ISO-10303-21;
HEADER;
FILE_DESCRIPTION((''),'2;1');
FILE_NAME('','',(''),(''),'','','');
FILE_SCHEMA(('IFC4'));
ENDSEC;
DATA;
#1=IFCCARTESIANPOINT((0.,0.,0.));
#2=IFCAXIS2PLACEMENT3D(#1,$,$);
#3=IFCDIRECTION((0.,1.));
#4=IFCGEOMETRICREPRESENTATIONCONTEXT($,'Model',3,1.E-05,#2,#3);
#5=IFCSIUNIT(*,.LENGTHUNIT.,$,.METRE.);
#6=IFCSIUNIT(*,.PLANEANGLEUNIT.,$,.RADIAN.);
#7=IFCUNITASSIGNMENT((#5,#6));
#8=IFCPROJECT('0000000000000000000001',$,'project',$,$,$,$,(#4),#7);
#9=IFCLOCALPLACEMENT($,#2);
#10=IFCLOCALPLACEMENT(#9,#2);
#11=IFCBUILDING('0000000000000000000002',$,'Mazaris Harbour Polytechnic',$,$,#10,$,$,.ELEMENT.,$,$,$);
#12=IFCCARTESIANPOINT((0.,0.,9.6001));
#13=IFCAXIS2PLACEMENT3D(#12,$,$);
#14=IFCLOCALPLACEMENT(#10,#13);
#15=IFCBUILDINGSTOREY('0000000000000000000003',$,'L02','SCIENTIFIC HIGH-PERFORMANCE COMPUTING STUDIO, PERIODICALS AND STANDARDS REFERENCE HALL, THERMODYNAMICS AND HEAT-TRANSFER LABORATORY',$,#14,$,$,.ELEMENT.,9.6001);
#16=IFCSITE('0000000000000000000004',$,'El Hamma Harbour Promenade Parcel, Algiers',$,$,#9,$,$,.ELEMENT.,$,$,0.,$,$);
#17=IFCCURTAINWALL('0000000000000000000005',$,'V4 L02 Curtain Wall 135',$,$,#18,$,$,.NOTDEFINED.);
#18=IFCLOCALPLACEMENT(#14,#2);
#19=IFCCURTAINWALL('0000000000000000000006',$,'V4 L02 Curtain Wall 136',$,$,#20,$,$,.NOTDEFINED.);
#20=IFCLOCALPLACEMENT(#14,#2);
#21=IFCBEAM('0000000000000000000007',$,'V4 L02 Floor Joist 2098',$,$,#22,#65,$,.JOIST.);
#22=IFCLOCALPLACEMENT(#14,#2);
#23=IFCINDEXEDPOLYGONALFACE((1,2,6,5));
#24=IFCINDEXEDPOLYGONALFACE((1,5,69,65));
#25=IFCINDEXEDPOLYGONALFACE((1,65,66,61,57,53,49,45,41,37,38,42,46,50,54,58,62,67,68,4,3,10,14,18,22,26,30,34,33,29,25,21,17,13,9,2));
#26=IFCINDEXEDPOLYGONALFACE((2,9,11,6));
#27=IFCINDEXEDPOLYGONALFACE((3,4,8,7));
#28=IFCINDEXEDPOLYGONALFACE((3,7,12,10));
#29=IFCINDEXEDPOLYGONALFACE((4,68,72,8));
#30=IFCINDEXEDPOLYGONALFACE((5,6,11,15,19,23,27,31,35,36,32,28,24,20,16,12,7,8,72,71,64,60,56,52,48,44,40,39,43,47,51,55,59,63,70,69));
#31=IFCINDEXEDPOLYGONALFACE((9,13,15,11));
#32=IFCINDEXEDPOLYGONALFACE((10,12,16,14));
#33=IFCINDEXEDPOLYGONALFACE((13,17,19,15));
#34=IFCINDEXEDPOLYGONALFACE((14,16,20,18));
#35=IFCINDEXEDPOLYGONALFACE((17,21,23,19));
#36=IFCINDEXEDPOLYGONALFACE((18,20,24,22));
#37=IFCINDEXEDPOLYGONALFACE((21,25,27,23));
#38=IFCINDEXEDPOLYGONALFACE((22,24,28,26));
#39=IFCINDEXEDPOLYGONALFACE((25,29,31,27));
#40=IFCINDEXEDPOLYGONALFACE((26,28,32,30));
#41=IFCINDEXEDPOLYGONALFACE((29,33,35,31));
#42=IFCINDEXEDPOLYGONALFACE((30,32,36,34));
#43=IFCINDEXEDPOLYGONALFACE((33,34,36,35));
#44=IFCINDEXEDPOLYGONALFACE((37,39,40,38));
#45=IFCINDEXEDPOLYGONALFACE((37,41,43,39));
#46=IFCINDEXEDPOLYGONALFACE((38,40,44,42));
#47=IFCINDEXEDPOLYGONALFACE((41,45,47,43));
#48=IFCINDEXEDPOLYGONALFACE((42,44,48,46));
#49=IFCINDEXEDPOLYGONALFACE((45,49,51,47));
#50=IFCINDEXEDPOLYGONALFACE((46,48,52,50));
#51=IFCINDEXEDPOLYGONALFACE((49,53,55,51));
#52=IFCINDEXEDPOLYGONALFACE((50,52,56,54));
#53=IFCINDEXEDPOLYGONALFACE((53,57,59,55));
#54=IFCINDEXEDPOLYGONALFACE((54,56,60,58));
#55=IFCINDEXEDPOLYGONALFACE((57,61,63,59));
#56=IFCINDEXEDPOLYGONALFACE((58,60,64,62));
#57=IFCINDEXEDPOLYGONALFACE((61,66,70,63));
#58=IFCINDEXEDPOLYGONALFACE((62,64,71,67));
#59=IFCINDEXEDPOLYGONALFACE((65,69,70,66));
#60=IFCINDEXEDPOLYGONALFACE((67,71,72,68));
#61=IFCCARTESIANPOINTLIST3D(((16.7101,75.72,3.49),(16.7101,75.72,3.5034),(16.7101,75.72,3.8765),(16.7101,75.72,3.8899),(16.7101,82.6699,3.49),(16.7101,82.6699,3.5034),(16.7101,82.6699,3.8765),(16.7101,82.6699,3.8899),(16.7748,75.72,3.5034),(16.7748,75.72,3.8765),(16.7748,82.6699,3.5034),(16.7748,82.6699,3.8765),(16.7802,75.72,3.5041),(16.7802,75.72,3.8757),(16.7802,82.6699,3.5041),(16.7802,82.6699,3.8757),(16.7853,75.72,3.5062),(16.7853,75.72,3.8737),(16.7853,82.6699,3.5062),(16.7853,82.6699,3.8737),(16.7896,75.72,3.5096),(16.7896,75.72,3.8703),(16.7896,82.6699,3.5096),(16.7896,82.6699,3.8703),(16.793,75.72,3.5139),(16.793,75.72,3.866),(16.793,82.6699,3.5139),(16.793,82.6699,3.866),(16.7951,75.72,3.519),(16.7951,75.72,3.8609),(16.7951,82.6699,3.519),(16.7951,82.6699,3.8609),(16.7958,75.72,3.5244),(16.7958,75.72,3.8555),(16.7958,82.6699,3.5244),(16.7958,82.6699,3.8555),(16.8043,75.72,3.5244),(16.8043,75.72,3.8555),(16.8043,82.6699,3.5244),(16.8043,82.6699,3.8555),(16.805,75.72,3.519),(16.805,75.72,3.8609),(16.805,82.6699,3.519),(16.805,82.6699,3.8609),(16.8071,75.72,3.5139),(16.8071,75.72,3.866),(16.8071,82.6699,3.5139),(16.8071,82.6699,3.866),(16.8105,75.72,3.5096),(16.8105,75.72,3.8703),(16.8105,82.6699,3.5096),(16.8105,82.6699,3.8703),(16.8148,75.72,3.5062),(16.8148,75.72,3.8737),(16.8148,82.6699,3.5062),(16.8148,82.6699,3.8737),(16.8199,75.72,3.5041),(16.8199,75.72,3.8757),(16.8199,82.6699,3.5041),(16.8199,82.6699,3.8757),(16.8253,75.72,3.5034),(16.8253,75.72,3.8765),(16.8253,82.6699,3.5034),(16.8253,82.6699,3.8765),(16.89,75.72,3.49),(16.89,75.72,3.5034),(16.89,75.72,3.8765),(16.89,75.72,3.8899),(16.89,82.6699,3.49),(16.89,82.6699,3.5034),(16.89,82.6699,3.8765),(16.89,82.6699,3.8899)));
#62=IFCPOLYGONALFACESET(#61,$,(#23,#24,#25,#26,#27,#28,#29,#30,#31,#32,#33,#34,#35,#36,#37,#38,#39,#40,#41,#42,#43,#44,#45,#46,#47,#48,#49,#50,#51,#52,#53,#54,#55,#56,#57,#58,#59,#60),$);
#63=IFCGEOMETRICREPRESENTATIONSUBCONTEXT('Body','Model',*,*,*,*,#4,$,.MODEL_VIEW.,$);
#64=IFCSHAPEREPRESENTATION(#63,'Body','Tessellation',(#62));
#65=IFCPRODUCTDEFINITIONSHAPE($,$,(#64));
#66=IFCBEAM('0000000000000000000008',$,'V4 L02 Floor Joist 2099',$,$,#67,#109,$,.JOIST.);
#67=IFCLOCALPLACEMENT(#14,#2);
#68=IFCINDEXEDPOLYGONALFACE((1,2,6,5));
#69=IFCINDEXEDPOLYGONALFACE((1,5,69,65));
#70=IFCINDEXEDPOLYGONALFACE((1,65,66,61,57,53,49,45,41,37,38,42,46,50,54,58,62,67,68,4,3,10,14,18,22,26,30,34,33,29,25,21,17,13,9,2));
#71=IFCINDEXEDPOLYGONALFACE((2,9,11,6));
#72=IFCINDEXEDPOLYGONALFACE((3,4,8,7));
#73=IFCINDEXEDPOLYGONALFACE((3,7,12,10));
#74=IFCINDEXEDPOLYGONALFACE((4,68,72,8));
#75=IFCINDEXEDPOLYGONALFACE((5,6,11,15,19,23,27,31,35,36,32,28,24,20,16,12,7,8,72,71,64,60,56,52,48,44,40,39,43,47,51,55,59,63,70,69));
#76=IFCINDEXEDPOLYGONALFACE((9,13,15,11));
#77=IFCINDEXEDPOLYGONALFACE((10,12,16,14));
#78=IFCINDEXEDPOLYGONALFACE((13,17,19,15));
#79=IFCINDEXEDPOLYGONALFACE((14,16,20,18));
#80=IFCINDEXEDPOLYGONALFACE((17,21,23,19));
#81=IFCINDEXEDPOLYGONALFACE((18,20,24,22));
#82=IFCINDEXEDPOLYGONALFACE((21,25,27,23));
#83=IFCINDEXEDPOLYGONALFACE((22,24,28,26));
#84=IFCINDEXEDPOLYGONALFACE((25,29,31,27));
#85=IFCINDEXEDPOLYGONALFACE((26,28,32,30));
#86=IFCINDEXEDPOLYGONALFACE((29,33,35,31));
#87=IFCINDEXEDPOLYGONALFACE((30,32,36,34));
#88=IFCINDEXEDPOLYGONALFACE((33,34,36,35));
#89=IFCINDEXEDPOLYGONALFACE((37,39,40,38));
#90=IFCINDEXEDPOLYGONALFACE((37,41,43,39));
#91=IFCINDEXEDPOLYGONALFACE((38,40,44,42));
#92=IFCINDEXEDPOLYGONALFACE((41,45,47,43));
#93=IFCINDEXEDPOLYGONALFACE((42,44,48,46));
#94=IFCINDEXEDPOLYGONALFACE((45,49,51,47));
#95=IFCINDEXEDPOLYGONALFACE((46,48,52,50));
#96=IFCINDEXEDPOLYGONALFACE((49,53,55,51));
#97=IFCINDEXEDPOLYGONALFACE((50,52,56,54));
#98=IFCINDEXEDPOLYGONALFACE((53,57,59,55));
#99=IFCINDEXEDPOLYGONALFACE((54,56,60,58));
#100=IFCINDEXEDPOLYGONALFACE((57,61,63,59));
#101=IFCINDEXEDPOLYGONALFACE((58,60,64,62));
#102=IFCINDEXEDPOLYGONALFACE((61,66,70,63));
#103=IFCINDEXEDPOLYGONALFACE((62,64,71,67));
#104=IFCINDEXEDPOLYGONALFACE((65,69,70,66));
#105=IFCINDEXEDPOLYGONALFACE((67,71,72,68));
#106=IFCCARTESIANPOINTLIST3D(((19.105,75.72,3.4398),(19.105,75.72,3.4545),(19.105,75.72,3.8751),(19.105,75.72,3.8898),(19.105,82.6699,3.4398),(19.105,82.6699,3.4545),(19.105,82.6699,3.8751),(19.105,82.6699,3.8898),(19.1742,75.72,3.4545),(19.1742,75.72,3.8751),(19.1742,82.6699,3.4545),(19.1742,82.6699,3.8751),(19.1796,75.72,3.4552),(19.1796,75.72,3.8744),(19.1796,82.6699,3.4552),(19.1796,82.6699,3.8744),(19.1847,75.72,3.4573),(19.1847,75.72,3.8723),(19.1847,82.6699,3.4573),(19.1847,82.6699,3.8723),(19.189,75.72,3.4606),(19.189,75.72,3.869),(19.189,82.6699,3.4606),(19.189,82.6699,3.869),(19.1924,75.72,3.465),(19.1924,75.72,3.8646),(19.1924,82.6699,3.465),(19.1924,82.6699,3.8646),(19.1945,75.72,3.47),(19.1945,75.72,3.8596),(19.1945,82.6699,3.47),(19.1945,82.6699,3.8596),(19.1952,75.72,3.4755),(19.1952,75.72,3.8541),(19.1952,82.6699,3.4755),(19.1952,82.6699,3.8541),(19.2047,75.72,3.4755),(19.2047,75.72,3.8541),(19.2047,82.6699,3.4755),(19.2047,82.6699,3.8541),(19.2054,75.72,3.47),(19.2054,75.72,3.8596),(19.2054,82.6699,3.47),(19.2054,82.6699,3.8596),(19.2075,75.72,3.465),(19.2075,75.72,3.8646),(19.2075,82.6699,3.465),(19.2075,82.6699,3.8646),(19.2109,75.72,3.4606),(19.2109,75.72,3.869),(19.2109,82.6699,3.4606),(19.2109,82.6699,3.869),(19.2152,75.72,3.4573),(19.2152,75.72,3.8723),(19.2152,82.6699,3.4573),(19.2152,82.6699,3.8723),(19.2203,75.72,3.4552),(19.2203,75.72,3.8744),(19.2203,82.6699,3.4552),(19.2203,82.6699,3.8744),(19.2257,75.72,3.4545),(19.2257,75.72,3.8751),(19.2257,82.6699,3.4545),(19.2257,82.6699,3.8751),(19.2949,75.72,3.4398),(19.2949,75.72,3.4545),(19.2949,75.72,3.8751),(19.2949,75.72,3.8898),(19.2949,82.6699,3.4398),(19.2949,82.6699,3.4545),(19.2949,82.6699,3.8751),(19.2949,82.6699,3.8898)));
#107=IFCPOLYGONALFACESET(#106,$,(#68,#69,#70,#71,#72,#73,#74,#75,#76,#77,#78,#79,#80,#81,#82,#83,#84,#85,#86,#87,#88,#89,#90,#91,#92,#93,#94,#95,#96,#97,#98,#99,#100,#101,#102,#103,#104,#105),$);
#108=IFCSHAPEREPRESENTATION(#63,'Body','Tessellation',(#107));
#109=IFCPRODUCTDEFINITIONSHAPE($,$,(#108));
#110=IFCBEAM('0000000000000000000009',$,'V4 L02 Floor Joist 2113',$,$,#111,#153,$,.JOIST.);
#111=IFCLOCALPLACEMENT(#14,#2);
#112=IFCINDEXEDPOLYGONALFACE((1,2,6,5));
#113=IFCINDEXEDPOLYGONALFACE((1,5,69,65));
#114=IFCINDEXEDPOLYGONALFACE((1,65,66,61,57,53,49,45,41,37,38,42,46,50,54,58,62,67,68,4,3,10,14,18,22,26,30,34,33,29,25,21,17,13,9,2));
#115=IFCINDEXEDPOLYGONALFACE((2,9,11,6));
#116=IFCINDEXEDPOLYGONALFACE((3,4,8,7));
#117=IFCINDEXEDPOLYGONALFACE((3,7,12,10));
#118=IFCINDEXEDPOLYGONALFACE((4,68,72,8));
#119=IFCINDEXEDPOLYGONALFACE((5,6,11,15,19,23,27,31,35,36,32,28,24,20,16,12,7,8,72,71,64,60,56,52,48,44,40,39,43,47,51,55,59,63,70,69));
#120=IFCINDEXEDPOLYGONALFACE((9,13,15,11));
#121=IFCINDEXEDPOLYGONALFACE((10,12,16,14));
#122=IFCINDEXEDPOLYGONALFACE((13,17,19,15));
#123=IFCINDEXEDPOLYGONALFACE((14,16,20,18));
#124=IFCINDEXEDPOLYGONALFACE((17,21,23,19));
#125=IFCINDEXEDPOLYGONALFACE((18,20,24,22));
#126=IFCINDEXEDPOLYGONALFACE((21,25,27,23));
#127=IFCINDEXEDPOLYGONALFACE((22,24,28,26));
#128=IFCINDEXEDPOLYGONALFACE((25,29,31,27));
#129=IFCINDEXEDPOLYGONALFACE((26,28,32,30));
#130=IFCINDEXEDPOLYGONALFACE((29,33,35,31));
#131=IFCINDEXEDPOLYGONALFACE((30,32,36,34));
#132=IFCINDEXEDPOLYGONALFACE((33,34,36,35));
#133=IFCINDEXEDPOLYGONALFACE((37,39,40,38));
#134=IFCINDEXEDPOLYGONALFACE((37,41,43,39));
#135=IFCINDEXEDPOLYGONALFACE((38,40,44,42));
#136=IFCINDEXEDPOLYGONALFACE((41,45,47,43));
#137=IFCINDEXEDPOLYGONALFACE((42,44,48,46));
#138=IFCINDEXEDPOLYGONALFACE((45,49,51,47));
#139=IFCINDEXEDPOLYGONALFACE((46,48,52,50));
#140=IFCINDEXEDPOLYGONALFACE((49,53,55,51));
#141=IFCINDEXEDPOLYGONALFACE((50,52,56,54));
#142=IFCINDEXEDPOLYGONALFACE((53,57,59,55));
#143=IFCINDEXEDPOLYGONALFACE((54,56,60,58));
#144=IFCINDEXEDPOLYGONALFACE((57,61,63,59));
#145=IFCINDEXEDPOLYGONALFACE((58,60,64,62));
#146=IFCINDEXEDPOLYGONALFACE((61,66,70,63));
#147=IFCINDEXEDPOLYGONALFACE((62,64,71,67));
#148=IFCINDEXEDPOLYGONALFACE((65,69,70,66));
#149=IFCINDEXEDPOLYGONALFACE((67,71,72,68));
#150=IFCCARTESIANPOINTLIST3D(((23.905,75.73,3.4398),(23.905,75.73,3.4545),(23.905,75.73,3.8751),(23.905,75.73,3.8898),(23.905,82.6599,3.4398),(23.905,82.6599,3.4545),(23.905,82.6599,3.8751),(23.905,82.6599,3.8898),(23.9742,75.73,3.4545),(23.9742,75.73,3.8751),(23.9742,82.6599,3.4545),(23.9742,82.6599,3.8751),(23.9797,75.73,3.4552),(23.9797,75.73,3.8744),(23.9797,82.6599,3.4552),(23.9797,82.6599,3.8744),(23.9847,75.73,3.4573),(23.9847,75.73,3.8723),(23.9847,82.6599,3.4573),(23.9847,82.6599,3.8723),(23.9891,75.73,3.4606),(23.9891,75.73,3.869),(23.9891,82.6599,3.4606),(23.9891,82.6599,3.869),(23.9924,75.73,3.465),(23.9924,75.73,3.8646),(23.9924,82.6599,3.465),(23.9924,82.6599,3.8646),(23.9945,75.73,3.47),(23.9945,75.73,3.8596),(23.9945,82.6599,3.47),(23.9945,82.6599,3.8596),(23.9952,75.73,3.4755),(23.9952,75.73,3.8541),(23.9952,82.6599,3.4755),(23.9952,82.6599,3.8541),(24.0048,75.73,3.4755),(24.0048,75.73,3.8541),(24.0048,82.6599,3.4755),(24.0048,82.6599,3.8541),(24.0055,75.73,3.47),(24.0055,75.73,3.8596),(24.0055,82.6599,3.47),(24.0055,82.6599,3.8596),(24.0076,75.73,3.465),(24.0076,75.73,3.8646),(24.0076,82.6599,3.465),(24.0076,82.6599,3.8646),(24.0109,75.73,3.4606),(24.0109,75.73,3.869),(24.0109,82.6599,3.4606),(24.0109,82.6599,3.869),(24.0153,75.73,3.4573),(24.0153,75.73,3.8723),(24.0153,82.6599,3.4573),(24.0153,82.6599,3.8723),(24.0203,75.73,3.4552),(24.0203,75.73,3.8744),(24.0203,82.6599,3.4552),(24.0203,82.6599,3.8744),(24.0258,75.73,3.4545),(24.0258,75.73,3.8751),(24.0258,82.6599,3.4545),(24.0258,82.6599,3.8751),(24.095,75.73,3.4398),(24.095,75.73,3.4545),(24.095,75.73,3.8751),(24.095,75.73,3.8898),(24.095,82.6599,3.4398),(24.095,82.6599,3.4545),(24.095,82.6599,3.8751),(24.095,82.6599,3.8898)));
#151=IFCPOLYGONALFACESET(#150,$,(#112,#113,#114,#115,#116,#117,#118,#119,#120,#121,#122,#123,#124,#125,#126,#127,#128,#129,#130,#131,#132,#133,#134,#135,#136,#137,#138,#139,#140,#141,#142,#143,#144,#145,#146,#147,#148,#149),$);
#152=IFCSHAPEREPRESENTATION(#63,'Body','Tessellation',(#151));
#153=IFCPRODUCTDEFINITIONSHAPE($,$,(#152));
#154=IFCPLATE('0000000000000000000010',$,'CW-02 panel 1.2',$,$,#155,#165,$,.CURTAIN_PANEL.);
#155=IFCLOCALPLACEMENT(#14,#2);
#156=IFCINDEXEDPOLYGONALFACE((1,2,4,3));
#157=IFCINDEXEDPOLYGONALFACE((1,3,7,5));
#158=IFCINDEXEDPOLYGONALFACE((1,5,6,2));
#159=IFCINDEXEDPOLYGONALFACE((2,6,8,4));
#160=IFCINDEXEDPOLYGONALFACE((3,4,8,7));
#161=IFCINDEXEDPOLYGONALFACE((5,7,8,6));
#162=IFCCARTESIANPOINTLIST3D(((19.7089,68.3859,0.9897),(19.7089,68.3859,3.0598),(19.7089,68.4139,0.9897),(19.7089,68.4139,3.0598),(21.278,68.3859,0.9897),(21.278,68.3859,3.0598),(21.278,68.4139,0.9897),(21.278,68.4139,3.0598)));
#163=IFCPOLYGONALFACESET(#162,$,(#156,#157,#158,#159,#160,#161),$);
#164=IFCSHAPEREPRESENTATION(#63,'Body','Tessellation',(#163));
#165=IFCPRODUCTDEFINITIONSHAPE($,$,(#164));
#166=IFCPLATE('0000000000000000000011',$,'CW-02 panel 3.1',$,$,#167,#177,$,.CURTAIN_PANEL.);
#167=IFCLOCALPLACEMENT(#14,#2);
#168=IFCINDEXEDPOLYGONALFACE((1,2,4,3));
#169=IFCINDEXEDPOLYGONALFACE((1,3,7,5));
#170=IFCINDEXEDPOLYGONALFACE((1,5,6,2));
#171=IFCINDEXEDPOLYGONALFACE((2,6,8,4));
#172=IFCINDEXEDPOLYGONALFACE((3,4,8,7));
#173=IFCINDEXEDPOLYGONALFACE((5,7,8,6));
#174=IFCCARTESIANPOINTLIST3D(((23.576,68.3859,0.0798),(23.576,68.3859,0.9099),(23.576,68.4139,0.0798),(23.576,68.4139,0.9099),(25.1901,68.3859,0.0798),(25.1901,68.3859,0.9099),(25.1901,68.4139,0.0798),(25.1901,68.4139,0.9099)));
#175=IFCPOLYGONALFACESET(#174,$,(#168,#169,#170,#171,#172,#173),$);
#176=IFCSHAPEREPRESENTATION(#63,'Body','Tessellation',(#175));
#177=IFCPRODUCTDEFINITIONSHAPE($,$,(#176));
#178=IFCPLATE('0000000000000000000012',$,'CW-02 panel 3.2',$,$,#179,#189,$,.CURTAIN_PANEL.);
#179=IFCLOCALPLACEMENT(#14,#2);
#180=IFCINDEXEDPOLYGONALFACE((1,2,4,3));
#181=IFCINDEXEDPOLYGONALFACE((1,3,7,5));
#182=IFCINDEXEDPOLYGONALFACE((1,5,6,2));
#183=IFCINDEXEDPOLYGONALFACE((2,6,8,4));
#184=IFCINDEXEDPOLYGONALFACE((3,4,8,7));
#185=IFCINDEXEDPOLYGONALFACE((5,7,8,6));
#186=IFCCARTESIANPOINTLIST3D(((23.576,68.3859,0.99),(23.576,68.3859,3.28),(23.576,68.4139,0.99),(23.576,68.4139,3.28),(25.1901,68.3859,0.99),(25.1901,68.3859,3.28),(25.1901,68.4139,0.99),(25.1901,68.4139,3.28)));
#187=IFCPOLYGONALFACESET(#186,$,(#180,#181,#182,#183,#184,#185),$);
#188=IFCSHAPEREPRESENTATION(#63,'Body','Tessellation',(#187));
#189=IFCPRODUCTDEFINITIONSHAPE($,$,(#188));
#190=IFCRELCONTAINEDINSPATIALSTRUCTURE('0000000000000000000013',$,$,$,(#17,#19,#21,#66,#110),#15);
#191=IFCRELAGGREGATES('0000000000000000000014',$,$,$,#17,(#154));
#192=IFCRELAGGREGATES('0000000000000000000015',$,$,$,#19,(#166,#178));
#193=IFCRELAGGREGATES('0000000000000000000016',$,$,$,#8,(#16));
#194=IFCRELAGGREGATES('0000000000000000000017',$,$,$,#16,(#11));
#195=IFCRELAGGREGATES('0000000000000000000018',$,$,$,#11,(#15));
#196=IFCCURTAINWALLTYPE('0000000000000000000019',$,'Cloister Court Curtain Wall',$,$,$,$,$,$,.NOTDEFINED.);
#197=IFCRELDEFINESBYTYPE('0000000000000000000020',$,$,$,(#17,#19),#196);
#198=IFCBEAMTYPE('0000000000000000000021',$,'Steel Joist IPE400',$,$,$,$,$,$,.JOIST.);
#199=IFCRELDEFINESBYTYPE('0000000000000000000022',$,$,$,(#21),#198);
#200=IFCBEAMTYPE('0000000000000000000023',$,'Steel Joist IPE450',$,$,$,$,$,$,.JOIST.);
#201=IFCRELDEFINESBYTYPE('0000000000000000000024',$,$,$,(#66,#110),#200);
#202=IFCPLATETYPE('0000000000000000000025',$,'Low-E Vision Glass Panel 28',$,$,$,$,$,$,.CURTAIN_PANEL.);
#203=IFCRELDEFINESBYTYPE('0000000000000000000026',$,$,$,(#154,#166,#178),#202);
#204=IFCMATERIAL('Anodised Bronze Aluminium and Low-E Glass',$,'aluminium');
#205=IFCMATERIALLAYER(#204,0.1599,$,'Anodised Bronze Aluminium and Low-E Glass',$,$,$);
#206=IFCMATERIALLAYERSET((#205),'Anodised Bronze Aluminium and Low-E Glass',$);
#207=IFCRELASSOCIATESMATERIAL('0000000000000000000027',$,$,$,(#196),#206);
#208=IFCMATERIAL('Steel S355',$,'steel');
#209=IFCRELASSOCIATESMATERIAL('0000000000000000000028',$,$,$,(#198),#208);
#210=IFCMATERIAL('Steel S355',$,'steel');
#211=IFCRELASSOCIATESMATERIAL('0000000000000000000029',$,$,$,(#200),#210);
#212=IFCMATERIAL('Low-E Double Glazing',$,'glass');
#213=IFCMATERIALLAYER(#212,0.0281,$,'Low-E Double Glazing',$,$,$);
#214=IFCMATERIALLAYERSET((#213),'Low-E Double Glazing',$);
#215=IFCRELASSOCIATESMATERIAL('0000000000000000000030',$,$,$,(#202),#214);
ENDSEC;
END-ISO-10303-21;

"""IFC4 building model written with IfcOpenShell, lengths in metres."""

from ifc_helpers import new_model, si_unit, direction, frame, origin, origin_2d, place, context, subcontext, project, spatial, rectangle, i_section, extrude, material, layer, layer_set, material_profile, profile_set, type_object, element, aggregate, save


model = new_model("IFC4")

# Units and contexts
model_context = context("Model", 3, precision=1e-05, world=origin(), true_north=direction((0.0, 1.0)))
body_context = subcontext(model_context, "Body", "Model", "MODEL_VIEW")
ifc_project = project(units=[si_unit("LENGTHUNIT", "METRE"), si_unit("PLANEANGLEUNIT", "RADIAN")], contexts=[model_context])

# Site, building, storey
site_placement = place(None, origin())
site = spatial("IfcSite", under=ifc_project, at=site_placement, Name="El Hamma Harbour Promenade Parcel, Algiers", CompositionType="ELEMENT", RefElevation=0.0)
building_placement = place(site_placement, origin())
building = spatial("IfcBuilding", under=site, at=building_placement, Name="Mazaris Harbour Polytechnic", CompositionType="ELEMENT")
storey_placement = place(building_placement, frame((0.0, 0.0, 9.6001)))
storey = spatial("IfcBuildingStorey", under=building, at=storey_placement, Name="L02", Description="SCIENTIFIC HIGH-PERFORMANCE COMPUTING STUDIO, PERIODICALS AND STANDARDS REFERENCE HALL, THERMODYNAMICS AND HEAT-TRANSFER LABORATORY", CompositionType="ELEMENT", Elevation=9.6001)

# Curtain wall
ifc_material_1 = material(Name="Anodised Bronze Aluminium and Low-E Glass", Category="aluminium")
ifc_layer_1 = layer(ifc_material_1, 0.1599, Name="Anodised Bronze Aluminium and Low-E Glass")
ifc_layer_set_1 = layer_set([ifc_layer_1], Name="Anodised Bronze Aluminium and Low-E Glass")
curtain_wall_type = type_object("IfcCurtainWallType", Name="Cloister Court Curtain Wall", PredefinedType="NOTDEFINED", material=ifc_layer_set_1)
curtain_wall_1_placement = place(storey_placement, origin())
curtain_wall_1 = element("IfcCurtainWall", 1, at=curtain_wall_1_placement, inside=storey, type_object=curtain_wall_type, Name="V4 L02 Curtain Wall 135", PredefinedType="NOTDEFINED")

# Curtain wall
curtain_wall_2_placement = place(storey_placement, origin())
curtain_wall_2 = element("IfcCurtainWall", 2, at=curtain_wall_2_placement, inside=storey, type_object=curtain_wall_type, Name="V4 L02 Curtain Wall 136", PredefinedType="NOTDEFINED")

# Beams
ifc_material_2 = material(Name="Steel S355", Category="steel")
ifc_material_profile_1 = material_profile(ifc_material_2, i_section(OverallWidth=0.1799, OverallDepth=0.3999, WebThickness=0.0085, FlangeThickness=0.0134, FilletRadius=0.021, at=origin_2d()), Name="IPE 400")
ifc_profile_set_1 = profile_set([ifc_material_profile_1], Name="Steel S355")
beam_type_1 = type_object("IfcBeamType", Name="Steel Joist IPE400", PredefinedType="JOIST", material=ifc_profile_set_1)
beam_1_placement = place(storey_placement, frame((16.8, 75.72, 3.6899), z_axis=(0.0, 1.0, 0.0), x_axis=(-1.0, 0.0, 0.0)))
element("IfcBeam", 3, at=beam_1_placement, inside=storey, type_object=beam_type_1, Name="V4 L02 Floor Joist 2098", PredefinedType="JOIST", context=body_context, shape_type="SweptSolid", body=[
    extrude(i_section(OverallWidth=0.1799, OverallDepth=0.3999, WebThickness=0.0085, FlangeThickness=0.0134, FilletRadius=0.021, at=origin_2d()), origin(), (0.0, 0.0, 1.0), 6.95),
])
ifc_material_3 = material(Name="Steel S355", Category="steel")
ifc_material_profile_2 = material_profile(ifc_material_3, i_section(OverallWidth=0.1899, OverallDepth=0.45, WebThickness=0.0095, FlangeThickness=0.0146, FilletRadius=0.021, at=origin_2d()), Name="IPE 450")
ifc_profile_set_2 = profile_set([ifc_material_profile_2], Name="Steel S355")
beam_type_2 = type_object("IfcBeamType", Name="Steel Joist IPE450", PredefinedType="JOIST", material=ifc_profile_set_2)
beam_2_placement = place(storey_placement, frame((19.2, 75.72, 3.6648), z_axis=(0.0, 1.0, 0.0), x_axis=(-1.0, 0.0, 0.0)))
element("IfcBeam", 4, at=beam_2_placement, inside=storey, type_object=beam_type_2, Name="V4 L02 Floor Joist 2099", PredefinedType="JOIST", context=body_context, shape_type="SweptSolid", body=[
    extrude(i_section(OverallWidth=0.1899, OverallDepth=0.45, WebThickness=0.0095, FlangeThickness=0.0146, FilletRadius=0.021, at=origin_2d()), origin(), (0.0, 0.0, 1.0), 6.95),
])
beam_3_placement = place(storey_placement, frame((24.0, 75.73, 3.6648), z_axis=(0.0, 1.0, 0.0), x_axis=(-1.0, 0.0, 0.0)))
element("IfcBeam", 5, at=beam_3_placement, inside=storey, type_object=beam_type_2, Name="V4 L02 Floor Joist 2113", PredefinedType="JOIST", context=body_context, shape_type="SweptSolid", body=[
    extrude(i_section(OverallWidth=0.1899, OverallDepth=0.45, WebThickness=0.0095, FlangeThickness=0.0146, FilletRadius=0.021, at=origin_2d()), origin(), (0.0, 0.0, 1.0), 6.9299),
])

# Plates
ifc_material_4 = material(Name="Low-E Double Glazing", Category="glass")
ifc_layer_2 = layer(ifc_material_4, 0.0281, Name="Low-E Double Glazing")
ifc_layer_set_2 = layer_set([ifc_layer_2], Name="Low-E Double Glazing")
plate_type = type_object("IfcPlateType", Name="Low-E Vision Glass Panel 28", PredefinedType="CURTAIN_PANEL", material=ifc_layer_set_2)
plate_1_placement = place(storey_placement, frame((20.4934, 68.3999, 0.9897), z_axis=(0.0, 0.0, 1.0), x_axis=(-1.0, 0.0, 0.0)))
plate_1 = element("IfcPlate", 6, at=plate_1_placement, type_object=plate_type, Name="CW-02 panel 1.2", PredefinedType="CURTAIN_PANEL", context=body_context, shape_type="SweptSolid", body=[
    extrude(rectangle(XDim=1.5691, YDim=0.0281, at=origin_2d()), origin(), (0.0, 0.0, 1.0), 2.0701),
])
aggregate(curtain_wall_1, [plate_1])
plate_2_placement = place(storey_placement, frame((24.3831, 68.3999, 0.0798), z_axis=(0.0, 0.0, 1.0), x_axis=(-1.0, 0.0, 0.0)))
plate_2 = element("IfcPlate", 7, at=plate_2_placement, type_object=plate_type, Name="CW-02 panel 3.1", PredefinedType="CURTAIN_PANEL", context=body_context, shape_type="SweptSolid", body=[
    extrude(rectangle(XDim=1.614, YDim=0.0281, at=origin_2d()), origin(), (0.0, 0.0, 1.0), 0.8301),
])
plate_3_placement = place(storey_placement, frame((24.3831, 68.3999, 0.99), z_axis=(0.0, 0.0, 1.0), x_axis=(-1.0, 0.0, 0.0)))
plate_3 = element("IfcPlate", 8, at=plate_3_placement, type_object=plate_type, Name="CW-02 panel 3.2", PredefinedType="CURTAIN_PANEL", context=body_context, shape_type="SweptSolid", body=[
    extrude(rectangle(XDim=1.614, YDim=0.0281, at=origin_2d()), origin(), (0.0, 0.0, 1.0), 2.29),
])
aggregate(curtain_wall_2, [plate_2, plate_3])

save(model, "model.ifc")
